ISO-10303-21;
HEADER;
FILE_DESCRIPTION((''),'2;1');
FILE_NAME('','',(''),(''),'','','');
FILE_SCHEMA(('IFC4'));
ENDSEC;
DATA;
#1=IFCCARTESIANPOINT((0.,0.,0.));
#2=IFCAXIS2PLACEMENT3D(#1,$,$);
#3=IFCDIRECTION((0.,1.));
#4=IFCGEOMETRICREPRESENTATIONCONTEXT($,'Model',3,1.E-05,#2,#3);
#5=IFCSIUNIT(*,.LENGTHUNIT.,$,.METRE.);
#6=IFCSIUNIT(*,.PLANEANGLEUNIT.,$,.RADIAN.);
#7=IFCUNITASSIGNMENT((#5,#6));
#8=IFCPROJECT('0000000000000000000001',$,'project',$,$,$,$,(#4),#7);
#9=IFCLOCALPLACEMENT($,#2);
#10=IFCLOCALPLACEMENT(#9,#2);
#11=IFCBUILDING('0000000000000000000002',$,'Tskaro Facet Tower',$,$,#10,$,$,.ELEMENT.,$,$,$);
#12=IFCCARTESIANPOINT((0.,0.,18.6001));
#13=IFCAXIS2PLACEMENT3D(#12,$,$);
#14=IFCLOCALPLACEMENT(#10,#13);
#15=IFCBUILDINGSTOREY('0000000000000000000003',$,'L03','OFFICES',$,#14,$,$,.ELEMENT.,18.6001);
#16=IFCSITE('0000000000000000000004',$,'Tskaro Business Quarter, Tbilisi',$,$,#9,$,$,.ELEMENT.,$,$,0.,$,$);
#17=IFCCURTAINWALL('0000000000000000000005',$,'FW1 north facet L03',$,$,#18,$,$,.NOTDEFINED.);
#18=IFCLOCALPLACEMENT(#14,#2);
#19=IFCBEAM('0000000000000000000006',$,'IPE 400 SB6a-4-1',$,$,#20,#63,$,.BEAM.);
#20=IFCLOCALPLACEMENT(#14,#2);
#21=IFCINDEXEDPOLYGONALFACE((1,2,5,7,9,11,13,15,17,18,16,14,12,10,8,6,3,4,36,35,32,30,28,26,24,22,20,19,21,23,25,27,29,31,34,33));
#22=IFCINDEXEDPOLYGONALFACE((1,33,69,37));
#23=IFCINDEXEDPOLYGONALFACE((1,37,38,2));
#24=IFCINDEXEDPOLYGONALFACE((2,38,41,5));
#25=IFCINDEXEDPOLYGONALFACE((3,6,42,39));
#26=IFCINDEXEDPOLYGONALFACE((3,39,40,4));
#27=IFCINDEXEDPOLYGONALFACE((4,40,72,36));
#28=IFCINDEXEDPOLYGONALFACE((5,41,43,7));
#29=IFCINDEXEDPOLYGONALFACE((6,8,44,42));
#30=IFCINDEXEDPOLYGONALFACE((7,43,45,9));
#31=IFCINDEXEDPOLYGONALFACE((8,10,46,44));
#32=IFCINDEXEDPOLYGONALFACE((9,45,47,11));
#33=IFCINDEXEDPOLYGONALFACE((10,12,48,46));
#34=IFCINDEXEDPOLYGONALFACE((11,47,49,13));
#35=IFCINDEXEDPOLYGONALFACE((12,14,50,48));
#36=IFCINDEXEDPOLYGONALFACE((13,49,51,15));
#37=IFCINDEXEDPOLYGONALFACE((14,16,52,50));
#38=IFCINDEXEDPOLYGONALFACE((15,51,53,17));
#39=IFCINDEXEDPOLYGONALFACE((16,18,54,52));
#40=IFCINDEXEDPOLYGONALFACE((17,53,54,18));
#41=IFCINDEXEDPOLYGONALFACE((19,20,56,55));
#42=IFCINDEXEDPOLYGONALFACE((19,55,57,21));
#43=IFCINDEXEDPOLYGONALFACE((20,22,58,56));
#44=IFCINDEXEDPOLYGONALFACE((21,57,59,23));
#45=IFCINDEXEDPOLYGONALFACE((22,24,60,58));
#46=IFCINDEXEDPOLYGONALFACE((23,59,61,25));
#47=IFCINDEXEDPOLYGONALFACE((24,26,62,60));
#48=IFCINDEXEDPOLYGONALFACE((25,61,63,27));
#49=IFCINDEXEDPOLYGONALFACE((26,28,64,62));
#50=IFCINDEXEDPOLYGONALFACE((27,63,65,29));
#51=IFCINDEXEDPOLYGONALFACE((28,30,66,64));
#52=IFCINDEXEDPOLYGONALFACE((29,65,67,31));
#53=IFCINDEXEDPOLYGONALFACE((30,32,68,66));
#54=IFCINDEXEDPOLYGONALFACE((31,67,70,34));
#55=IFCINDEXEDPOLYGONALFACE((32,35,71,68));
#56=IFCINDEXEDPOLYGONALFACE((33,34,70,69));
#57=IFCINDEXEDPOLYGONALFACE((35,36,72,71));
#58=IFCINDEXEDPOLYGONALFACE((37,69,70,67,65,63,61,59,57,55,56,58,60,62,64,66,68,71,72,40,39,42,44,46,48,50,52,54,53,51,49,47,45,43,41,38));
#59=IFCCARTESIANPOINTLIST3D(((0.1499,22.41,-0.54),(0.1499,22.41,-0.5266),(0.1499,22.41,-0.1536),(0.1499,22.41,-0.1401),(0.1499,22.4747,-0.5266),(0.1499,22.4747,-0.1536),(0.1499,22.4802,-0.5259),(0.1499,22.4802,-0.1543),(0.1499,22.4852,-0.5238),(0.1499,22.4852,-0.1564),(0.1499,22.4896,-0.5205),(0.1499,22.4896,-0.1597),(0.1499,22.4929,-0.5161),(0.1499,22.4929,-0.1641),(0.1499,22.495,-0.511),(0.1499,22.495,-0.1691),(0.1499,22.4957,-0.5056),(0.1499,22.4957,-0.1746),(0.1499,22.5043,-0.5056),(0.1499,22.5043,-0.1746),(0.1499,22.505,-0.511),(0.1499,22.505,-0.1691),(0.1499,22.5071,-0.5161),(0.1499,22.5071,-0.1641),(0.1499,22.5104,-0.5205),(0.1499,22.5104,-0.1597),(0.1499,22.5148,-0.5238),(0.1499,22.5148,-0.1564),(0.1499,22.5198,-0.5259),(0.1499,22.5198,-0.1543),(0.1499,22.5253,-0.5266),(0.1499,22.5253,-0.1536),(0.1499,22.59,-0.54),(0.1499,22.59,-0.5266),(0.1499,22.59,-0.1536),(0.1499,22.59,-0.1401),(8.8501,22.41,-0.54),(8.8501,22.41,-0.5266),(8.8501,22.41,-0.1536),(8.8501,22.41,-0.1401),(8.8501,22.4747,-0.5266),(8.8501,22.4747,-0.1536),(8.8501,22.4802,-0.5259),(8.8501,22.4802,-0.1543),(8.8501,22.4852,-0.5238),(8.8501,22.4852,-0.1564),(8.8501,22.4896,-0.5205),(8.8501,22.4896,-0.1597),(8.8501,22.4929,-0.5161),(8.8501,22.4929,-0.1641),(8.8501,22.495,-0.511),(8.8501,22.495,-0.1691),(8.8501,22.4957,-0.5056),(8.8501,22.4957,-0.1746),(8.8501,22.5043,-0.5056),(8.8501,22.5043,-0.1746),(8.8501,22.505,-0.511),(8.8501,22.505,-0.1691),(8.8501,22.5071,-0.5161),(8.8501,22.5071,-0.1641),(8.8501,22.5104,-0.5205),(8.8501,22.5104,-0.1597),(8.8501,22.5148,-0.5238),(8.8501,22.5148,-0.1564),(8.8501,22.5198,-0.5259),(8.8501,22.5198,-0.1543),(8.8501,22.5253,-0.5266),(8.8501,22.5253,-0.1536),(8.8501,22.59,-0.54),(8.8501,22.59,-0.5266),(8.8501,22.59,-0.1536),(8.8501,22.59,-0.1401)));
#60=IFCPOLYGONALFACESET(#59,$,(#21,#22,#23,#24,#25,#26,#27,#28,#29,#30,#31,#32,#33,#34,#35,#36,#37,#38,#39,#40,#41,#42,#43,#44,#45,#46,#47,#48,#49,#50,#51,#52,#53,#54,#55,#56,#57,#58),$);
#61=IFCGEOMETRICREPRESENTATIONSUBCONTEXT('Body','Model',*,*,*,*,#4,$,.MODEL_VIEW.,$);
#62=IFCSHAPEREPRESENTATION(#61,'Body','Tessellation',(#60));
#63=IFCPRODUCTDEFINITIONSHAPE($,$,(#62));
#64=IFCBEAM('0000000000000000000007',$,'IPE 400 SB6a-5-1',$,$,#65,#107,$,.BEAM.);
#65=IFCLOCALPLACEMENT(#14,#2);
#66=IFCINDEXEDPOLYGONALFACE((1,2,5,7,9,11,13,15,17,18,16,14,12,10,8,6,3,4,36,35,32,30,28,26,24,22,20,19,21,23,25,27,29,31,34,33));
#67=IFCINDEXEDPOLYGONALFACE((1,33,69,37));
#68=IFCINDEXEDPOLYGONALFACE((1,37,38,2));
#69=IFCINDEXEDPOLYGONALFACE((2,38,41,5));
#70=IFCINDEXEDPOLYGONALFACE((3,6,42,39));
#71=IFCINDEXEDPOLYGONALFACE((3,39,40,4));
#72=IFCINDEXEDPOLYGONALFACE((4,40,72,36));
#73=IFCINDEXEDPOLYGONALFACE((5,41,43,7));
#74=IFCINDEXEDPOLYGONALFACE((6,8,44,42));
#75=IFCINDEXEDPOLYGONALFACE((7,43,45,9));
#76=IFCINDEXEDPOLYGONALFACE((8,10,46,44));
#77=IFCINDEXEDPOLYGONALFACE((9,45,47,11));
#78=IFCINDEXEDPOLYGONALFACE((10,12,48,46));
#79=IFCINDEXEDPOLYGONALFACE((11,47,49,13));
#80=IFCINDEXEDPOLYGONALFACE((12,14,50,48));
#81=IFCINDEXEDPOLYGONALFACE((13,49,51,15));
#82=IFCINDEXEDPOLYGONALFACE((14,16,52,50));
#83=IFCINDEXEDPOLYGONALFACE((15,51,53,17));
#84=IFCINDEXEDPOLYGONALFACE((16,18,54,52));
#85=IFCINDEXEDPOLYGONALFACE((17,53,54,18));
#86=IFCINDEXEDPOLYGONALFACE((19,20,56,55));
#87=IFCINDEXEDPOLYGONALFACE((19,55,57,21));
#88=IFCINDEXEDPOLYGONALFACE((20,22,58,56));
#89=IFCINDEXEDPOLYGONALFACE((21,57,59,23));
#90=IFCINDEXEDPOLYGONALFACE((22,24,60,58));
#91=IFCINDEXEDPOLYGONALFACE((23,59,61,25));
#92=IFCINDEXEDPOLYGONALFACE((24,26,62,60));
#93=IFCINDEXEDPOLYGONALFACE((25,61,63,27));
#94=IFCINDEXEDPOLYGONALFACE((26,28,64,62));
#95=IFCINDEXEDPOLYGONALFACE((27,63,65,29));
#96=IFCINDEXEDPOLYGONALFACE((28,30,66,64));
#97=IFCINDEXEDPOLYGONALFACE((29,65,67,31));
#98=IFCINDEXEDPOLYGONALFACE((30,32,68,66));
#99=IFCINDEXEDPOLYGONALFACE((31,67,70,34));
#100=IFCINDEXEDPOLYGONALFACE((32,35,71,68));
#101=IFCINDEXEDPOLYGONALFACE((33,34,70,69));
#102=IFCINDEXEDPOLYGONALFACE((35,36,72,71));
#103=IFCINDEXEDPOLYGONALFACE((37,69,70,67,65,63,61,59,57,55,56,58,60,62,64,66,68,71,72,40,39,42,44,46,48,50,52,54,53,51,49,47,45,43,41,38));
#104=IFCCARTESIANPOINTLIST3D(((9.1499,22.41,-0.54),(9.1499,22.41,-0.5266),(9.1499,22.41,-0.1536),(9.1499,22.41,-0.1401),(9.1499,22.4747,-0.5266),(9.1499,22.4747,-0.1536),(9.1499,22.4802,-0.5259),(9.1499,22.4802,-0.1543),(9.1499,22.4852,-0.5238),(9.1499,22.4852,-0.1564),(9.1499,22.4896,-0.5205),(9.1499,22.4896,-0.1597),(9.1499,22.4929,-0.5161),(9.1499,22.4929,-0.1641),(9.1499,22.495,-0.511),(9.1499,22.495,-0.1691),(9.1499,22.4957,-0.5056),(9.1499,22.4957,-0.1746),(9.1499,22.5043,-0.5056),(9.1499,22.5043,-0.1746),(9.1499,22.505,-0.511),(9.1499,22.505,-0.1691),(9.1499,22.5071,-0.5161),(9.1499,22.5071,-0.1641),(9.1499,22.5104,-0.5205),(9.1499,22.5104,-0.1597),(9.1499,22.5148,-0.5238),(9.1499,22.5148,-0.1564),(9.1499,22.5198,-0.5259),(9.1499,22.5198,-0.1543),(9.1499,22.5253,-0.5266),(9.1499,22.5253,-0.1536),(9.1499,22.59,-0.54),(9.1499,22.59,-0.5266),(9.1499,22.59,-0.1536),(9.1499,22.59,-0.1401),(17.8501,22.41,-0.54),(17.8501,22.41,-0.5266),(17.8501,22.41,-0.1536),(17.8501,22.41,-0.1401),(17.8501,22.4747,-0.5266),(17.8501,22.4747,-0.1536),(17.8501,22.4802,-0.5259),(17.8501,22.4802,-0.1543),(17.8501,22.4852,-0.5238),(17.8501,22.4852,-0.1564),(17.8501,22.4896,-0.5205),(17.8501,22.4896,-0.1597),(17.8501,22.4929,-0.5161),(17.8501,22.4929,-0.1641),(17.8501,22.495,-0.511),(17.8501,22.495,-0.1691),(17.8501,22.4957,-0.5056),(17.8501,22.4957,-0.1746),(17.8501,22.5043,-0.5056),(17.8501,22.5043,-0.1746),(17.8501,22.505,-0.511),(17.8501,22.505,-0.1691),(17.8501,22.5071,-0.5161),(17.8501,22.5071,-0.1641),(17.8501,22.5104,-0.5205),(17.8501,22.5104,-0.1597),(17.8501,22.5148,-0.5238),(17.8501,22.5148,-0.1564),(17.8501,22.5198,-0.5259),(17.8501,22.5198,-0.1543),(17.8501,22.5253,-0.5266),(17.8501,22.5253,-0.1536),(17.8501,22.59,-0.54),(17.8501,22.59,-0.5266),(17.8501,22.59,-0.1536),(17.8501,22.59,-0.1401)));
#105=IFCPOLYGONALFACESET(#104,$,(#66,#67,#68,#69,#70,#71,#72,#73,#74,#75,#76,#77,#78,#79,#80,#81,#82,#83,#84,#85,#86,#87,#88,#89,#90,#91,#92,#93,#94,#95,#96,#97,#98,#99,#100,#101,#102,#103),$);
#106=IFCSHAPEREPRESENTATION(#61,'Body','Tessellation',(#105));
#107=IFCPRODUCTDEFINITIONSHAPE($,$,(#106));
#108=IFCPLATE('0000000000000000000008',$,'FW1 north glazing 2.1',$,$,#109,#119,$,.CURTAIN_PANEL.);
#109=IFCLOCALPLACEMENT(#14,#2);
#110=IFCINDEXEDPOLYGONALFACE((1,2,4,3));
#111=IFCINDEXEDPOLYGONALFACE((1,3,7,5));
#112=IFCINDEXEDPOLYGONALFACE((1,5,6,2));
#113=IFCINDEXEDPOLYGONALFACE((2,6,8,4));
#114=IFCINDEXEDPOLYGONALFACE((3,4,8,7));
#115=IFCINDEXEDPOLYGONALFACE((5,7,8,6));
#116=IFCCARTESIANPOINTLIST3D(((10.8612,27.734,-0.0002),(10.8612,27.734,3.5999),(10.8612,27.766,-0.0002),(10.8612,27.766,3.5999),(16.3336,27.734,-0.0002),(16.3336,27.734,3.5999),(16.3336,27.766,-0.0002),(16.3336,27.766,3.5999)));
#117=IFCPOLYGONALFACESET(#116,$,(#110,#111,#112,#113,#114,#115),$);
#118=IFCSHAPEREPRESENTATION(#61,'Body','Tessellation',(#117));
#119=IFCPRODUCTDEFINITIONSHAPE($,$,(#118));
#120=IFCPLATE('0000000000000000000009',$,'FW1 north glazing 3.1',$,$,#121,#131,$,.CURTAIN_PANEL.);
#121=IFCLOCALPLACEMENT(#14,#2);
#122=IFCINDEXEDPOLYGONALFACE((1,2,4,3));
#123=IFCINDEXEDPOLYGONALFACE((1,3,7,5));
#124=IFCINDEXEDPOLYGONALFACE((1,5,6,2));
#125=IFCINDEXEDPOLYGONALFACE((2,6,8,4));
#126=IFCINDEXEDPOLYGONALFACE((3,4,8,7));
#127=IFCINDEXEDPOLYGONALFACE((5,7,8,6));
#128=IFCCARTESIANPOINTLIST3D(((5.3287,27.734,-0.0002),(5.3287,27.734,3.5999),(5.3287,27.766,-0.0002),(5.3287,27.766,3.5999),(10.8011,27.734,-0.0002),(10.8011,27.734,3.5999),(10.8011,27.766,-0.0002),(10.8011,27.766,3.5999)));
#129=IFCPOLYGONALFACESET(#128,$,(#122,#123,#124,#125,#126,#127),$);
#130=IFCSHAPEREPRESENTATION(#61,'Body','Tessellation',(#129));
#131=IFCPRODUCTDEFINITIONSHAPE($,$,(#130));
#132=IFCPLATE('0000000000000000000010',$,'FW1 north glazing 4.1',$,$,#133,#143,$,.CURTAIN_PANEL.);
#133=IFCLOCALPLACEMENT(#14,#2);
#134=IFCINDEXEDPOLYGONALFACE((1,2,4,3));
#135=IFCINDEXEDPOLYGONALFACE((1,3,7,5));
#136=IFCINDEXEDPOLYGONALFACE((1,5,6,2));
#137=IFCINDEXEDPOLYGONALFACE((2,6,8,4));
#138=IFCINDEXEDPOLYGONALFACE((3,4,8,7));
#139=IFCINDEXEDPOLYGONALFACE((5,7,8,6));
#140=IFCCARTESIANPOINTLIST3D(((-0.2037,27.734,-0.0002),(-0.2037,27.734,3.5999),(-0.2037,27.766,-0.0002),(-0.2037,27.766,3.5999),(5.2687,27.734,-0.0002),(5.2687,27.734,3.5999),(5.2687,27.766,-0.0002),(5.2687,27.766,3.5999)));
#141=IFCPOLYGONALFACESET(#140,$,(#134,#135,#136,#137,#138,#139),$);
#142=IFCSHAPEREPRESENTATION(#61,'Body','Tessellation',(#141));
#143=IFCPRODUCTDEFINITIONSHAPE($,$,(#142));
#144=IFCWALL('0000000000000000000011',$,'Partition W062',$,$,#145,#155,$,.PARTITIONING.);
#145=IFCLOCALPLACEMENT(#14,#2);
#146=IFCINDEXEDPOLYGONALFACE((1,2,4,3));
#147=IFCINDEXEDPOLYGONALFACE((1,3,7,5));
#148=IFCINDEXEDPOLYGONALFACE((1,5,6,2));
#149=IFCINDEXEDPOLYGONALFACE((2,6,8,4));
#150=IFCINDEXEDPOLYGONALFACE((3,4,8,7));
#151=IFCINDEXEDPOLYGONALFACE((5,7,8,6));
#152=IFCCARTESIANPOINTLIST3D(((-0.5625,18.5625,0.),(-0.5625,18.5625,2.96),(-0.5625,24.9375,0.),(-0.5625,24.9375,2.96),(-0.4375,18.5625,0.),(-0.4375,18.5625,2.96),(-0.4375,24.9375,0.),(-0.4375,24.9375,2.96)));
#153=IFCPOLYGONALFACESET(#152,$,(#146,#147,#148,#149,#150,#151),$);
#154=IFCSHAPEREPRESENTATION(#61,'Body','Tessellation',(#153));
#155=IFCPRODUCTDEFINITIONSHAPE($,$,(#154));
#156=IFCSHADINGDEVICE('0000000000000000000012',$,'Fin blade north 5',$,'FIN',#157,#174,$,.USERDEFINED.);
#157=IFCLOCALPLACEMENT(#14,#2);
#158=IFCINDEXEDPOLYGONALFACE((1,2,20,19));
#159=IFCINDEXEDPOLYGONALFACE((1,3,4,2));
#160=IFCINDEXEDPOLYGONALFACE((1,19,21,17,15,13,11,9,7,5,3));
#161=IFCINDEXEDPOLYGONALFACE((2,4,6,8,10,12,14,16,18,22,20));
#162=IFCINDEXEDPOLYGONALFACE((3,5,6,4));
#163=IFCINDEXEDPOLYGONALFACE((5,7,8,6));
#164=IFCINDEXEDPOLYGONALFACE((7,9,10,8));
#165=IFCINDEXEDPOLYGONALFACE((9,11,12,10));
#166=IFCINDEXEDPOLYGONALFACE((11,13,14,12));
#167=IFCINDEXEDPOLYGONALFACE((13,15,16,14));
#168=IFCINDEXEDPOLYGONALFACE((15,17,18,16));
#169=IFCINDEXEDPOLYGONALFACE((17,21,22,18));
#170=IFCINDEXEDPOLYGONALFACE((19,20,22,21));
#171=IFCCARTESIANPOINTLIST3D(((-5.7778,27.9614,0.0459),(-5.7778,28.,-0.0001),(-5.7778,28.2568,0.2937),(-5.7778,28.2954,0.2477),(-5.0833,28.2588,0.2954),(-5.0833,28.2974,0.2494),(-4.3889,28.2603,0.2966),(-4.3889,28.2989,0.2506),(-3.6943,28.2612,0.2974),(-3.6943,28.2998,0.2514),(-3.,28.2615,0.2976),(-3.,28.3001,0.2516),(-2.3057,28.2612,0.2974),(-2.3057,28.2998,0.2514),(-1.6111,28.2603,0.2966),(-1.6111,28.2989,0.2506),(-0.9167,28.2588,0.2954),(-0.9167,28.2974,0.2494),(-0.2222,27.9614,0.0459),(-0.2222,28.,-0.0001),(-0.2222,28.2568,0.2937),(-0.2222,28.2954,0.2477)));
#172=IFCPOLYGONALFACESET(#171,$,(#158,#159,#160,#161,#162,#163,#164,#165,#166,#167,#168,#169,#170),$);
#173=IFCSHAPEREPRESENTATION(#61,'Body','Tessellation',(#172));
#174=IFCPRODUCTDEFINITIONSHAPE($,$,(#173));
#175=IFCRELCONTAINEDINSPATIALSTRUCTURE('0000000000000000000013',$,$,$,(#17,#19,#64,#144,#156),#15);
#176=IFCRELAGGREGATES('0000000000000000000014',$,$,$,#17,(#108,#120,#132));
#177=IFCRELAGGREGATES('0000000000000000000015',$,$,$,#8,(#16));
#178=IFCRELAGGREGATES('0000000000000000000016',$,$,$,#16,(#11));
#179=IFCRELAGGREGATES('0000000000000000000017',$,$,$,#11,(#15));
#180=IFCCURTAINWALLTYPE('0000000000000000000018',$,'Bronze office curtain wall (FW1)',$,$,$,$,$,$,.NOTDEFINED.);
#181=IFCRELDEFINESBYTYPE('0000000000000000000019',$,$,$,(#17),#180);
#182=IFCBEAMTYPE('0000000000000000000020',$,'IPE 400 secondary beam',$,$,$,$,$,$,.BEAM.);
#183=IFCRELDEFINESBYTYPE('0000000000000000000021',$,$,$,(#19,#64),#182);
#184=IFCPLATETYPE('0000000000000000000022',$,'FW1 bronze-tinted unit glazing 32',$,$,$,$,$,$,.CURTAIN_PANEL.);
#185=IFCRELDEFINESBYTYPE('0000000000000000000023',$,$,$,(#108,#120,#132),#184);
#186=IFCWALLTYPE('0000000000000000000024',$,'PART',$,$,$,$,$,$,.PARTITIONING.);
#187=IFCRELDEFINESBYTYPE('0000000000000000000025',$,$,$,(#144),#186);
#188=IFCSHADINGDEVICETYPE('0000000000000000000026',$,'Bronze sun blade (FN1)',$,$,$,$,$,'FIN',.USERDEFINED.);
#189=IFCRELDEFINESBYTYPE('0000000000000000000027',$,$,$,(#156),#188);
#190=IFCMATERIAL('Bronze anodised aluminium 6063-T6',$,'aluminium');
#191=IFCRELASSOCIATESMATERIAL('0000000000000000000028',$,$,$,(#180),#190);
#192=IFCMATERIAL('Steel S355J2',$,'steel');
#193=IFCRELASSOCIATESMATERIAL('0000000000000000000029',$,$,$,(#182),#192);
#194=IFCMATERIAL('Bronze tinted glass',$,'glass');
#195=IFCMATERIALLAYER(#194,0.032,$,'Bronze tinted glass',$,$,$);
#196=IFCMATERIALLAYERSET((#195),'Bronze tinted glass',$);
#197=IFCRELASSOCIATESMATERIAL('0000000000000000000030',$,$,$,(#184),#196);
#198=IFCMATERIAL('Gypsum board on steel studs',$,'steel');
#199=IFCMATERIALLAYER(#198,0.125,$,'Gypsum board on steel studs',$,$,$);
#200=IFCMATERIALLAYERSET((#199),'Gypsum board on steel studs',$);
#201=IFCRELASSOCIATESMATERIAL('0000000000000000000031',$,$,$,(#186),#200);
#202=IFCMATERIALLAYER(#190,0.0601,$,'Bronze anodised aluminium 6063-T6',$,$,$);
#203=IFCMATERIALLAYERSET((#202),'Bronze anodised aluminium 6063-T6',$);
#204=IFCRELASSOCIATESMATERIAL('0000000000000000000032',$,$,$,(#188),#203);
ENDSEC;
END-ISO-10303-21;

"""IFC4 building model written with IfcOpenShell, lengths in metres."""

from ifc_helpers import new_model, si_unit, direction, frame, frame_2d, origin, origin_2d, place, context, subcontext, project, spatial, polyline, rectangle, i_section, outline, extrude, material, layer, layer_set, material_profile, profile_set, type_object, element, aggregate, save


model = new_model("IFC4")

# Units and contexts
model_context = context("Model", 3, precision=1e-05, world=origin(), true_north=direction((0.0, 1.0)))
body_context = subcontext(model_context, "Body", "Model", "MODEL_VIEW")
ifc_project = project(units=[si_unit("LENGTHUNIT", "METRE"), si_unit("PLANEANGLEUNIT", "RADIAN")], contexts=[model_context])

# Site, building, storey
site_placement = place(None, origin())
site = spatial("IfcSite", under=ifc_project, at=site_placement, Name="Tskaro Business Quarter, Tbilisi", CompositionType="ELEMENT", RefElevation=0.0)
building_placement = place(site_placement, origin())
building = spatial("IfcBuilding", under=site, at=building_placement, Name="Tskaro Facet Tower", CompositionType="ELEMENT")
storey_placement = place(building_placement, frame((0.0, 0.0, 18.6001)))
storey = spatial("IfcBuildingStorey", under=building, at=storey_placement, Name="L03", Description="OFFICES", CompositionType="ELEMENT", Elevation=18.6001)

# Curtain wall
ifc_material_1 = material(Name="Bronze anodised aluminium 6063-T6", Category="aluminium")
curtain_wall_type = type_object("IfcCurtainWallType", Name="Bronze office curtain wall (FW1)", PredefinedType="NOTDEFINED", material=ifc_material_1)
curtain_wall_placement = place(storey_placement, origin())
curtain_wall = element("IfcCurtainWall", 1, at=curtain_wall_placement, inside=storey, type_object=curtain_wall_type, Name="FW1 north facet L03", PredefinedType="NOTDEFINED")

# Beams
ifc_material_2 = material(Name="Steel S355J2", Category="steel")
ifc_material_profile_1 = material_profile(ifc_material_2, i_section(OverallWidth=0.1799, OverallDepth=0.3999, WebThickness=0.0085, FlangeThickness=0.0134, FilletRadius=0.021, at=origin_2d()), Name="IPE 400")
ifc_profile_set_1 = profile_set([ifc_material_profile_1], Name="Steel S355J2")
beam_type_1 = type_object("IfcBeamType", Name="IPE 400 secondary beam", PredefinedType="BEAM", material=ifc_profile_set_1)
for number, where, z_axis, x_axis, name in (
    (2, (0.1499, 22.5, -0.3401), (1.0, 0.0, 0.0), (0.0, 1.0, 0.0), "IPE 400 SB6a-4-1"),
    (3, (9.1499, 22.5, -0.3401), (1.0, 0.0, 0.0), (0.0, 1.0, 0.0), "IPE 400 SB6a-5-1"),
):
    element("IfcBeam", number, at=place(storey_placement, frame(where, z_axis=z_axis, x_axis=x_axis)), inside=storey, type_object=beam_type_1, Name=name, PredefinedType="BEAM", context=body_context, shape_type="SweptSolid", body=[
        extrude(i_section(OverallWidth=0.1799, OverallDepth=0.3999, WebThickness=0.0085, FlangeThickness=0.0134, FilletRadius=0.021, at=origin_2d()), origin(), (0.0, 0.0, 1.0), 8.7002),
    ])

# Plates
ifc_material_3 = material(Name="Bronze tinted glass", Category="glass")
ifc_layer_1 = layer(ifc_material_3, 0.032, Name="Bronze tinted glass")
ifc_layer_set_1 = layer_set([ifc_layer_1], Name="Bronze tinted glass")
plate_type = type_object("IfcPlateType", Name="FW1 bronze-tinted unit glazing 32", PredefinedType="CURTAIN_PANEL", material=ifc_layer_set_1)
plate_1_placement = place(storey_placement, frame((13.5974, 27.75, -0.0002), z_axis=(0.0, 0.0, 1.0), x_axis=(-1.0, 0.0, 0.0)))
plate_1 = element("IfcPlate", 4, at=plate_1_placement, type_object=plate_type, Name="FW1 north glazing 2.1", PredefinedType="CURTAIN_PANEL", context=body_context, shape_type="SweptSolid", body=[
    extrude(rectangle(XDim=5.4724, YDim=0.032, at=origin_2d()), origin(), (0.0, 0.0, 1.0), 3.6001),
])
plate_2_placement = place(storey_placement, frame((8.0649, 27.75, -0.0002), z_axis=(0.0, 0.0, 1.0), x_axis=(-1.0, 0.0, 0.0)))
plate_2 = element("IfcPlate", 5, at=plate_2_placement, type_object=plate_type, Name="FW1 north glazing 3.1", PredefinedType="CURTAIN_PANEL", context=body_context, shape_type="SweptSolid", body=[
    extrude(rectangle(XDim=5.4724, YDim=0.032, at=origin_2d()), origin(), (0.0, 0.0, 1.0), 3.6001),
])
plate_3_placement = place(storey_placement, frame((2.5325, 27.75, -0.0002), z_axis=(0.0, 0.0, 1.0), x_axis=(-1.0, 0.0, 0.0)))
plate_3 = element("IfcPlate", 6, at=plate_3_placement, type_object=plate_type, Name="FW1 north glazing 4.1", PredefinedType="CURTAIN_PANEL", context=body_context, shape_type="SweptSolid", body=[
    extrude(rectangle(XDim=5.4724, YDim=0.032, at=origin_2d()), origin(), (0.0, 0.0, 1.0), 3.6001),
])
aggregate(curtain_wall, [plate_1, plate_2, plate_3])

# Wall
ifc_material_4 = material(Name="Gypsum board on steel studs", Category="steel")
ifc_layer_2 = layer(ifc_material_4, 0.125, Name="Gypsum board on steel studs")
ifc_layer_set_2 = layer_set([ifc_layer_2], Name="Gypsum board on steel studs")
wall_type = type_object("IfcWallType", Name="PART", PredefinedType="PARTITIONING", material=ifc_layer_set_2)
wall_placement = place(storey_placement, frame((-0.5, 18.5625, 0.0), z_axis=(0.0, 0.0, 1.0), x_axis=(0.0, 1.0, 0.0)))
element("IfcWall", 7, at=wall_placement, inside=storey, type_object=wall_type, Name="Partition W062", PredefinedType="PARTITIONING", context=body_context, shape_type="SweptSolid", body=[
    extrude(rectangle(XDim=6.375, YDim=0.125, at=frame_2d((3.1875, 0.0))), origin(), (0.0, 0.0, 1.0), 2.96),
])

# Shading device
ifc_layer_3 = layer(ifc_material_1, 0.0601, Name="Bronze anodised aluminium 6063-T6")
ifc_layer_set_3 = layer_set([ifc_layer_3], Name="Bronze anodised aluminium 6063-T6")
shading_device_type = type_object("IfcShadingDeviceType", Name="Bronze sun blade (FN1)", ElementType="FIN", PredefinedType="USERDEFINED", material=ifc_layer_set_3)
shading_device_1_placement = place(storey_placement, frame((-0.2222, 27.9614, 0.0459), z_axis=(0.0, -0.642716, 0.766104), x_axis=(-1.0, 0.0, 0.0)))
element("IfcShadingDevice", 8, at=shading_device_1_placement, inside=storey, type_object=shading_device_type, Name="Fin blade north 5", ObjectType="FIN", PredefinedType="USERDEFINED", context=body_context, shape_type="SweptSolid", body=[
    extrude(outline(polyline([(0.0, 0.0), (5.5557, 0.0), (5.5557, -0.3856), (4.8611, -0.3882), (4.1667, -0.3901), (3.4722, -0.3913), (2.7778, -0.3916), (2.7778, -0.3916), (2.0835, -0.3913), (1.3889, -0.3901), (0.6946, -0.3882), (0.0, -0.3856), (0.0, 0.0)])), origin(), (0.0, 0.0, -1.0), 0.0601),
])

save(model, "model.ifc")
